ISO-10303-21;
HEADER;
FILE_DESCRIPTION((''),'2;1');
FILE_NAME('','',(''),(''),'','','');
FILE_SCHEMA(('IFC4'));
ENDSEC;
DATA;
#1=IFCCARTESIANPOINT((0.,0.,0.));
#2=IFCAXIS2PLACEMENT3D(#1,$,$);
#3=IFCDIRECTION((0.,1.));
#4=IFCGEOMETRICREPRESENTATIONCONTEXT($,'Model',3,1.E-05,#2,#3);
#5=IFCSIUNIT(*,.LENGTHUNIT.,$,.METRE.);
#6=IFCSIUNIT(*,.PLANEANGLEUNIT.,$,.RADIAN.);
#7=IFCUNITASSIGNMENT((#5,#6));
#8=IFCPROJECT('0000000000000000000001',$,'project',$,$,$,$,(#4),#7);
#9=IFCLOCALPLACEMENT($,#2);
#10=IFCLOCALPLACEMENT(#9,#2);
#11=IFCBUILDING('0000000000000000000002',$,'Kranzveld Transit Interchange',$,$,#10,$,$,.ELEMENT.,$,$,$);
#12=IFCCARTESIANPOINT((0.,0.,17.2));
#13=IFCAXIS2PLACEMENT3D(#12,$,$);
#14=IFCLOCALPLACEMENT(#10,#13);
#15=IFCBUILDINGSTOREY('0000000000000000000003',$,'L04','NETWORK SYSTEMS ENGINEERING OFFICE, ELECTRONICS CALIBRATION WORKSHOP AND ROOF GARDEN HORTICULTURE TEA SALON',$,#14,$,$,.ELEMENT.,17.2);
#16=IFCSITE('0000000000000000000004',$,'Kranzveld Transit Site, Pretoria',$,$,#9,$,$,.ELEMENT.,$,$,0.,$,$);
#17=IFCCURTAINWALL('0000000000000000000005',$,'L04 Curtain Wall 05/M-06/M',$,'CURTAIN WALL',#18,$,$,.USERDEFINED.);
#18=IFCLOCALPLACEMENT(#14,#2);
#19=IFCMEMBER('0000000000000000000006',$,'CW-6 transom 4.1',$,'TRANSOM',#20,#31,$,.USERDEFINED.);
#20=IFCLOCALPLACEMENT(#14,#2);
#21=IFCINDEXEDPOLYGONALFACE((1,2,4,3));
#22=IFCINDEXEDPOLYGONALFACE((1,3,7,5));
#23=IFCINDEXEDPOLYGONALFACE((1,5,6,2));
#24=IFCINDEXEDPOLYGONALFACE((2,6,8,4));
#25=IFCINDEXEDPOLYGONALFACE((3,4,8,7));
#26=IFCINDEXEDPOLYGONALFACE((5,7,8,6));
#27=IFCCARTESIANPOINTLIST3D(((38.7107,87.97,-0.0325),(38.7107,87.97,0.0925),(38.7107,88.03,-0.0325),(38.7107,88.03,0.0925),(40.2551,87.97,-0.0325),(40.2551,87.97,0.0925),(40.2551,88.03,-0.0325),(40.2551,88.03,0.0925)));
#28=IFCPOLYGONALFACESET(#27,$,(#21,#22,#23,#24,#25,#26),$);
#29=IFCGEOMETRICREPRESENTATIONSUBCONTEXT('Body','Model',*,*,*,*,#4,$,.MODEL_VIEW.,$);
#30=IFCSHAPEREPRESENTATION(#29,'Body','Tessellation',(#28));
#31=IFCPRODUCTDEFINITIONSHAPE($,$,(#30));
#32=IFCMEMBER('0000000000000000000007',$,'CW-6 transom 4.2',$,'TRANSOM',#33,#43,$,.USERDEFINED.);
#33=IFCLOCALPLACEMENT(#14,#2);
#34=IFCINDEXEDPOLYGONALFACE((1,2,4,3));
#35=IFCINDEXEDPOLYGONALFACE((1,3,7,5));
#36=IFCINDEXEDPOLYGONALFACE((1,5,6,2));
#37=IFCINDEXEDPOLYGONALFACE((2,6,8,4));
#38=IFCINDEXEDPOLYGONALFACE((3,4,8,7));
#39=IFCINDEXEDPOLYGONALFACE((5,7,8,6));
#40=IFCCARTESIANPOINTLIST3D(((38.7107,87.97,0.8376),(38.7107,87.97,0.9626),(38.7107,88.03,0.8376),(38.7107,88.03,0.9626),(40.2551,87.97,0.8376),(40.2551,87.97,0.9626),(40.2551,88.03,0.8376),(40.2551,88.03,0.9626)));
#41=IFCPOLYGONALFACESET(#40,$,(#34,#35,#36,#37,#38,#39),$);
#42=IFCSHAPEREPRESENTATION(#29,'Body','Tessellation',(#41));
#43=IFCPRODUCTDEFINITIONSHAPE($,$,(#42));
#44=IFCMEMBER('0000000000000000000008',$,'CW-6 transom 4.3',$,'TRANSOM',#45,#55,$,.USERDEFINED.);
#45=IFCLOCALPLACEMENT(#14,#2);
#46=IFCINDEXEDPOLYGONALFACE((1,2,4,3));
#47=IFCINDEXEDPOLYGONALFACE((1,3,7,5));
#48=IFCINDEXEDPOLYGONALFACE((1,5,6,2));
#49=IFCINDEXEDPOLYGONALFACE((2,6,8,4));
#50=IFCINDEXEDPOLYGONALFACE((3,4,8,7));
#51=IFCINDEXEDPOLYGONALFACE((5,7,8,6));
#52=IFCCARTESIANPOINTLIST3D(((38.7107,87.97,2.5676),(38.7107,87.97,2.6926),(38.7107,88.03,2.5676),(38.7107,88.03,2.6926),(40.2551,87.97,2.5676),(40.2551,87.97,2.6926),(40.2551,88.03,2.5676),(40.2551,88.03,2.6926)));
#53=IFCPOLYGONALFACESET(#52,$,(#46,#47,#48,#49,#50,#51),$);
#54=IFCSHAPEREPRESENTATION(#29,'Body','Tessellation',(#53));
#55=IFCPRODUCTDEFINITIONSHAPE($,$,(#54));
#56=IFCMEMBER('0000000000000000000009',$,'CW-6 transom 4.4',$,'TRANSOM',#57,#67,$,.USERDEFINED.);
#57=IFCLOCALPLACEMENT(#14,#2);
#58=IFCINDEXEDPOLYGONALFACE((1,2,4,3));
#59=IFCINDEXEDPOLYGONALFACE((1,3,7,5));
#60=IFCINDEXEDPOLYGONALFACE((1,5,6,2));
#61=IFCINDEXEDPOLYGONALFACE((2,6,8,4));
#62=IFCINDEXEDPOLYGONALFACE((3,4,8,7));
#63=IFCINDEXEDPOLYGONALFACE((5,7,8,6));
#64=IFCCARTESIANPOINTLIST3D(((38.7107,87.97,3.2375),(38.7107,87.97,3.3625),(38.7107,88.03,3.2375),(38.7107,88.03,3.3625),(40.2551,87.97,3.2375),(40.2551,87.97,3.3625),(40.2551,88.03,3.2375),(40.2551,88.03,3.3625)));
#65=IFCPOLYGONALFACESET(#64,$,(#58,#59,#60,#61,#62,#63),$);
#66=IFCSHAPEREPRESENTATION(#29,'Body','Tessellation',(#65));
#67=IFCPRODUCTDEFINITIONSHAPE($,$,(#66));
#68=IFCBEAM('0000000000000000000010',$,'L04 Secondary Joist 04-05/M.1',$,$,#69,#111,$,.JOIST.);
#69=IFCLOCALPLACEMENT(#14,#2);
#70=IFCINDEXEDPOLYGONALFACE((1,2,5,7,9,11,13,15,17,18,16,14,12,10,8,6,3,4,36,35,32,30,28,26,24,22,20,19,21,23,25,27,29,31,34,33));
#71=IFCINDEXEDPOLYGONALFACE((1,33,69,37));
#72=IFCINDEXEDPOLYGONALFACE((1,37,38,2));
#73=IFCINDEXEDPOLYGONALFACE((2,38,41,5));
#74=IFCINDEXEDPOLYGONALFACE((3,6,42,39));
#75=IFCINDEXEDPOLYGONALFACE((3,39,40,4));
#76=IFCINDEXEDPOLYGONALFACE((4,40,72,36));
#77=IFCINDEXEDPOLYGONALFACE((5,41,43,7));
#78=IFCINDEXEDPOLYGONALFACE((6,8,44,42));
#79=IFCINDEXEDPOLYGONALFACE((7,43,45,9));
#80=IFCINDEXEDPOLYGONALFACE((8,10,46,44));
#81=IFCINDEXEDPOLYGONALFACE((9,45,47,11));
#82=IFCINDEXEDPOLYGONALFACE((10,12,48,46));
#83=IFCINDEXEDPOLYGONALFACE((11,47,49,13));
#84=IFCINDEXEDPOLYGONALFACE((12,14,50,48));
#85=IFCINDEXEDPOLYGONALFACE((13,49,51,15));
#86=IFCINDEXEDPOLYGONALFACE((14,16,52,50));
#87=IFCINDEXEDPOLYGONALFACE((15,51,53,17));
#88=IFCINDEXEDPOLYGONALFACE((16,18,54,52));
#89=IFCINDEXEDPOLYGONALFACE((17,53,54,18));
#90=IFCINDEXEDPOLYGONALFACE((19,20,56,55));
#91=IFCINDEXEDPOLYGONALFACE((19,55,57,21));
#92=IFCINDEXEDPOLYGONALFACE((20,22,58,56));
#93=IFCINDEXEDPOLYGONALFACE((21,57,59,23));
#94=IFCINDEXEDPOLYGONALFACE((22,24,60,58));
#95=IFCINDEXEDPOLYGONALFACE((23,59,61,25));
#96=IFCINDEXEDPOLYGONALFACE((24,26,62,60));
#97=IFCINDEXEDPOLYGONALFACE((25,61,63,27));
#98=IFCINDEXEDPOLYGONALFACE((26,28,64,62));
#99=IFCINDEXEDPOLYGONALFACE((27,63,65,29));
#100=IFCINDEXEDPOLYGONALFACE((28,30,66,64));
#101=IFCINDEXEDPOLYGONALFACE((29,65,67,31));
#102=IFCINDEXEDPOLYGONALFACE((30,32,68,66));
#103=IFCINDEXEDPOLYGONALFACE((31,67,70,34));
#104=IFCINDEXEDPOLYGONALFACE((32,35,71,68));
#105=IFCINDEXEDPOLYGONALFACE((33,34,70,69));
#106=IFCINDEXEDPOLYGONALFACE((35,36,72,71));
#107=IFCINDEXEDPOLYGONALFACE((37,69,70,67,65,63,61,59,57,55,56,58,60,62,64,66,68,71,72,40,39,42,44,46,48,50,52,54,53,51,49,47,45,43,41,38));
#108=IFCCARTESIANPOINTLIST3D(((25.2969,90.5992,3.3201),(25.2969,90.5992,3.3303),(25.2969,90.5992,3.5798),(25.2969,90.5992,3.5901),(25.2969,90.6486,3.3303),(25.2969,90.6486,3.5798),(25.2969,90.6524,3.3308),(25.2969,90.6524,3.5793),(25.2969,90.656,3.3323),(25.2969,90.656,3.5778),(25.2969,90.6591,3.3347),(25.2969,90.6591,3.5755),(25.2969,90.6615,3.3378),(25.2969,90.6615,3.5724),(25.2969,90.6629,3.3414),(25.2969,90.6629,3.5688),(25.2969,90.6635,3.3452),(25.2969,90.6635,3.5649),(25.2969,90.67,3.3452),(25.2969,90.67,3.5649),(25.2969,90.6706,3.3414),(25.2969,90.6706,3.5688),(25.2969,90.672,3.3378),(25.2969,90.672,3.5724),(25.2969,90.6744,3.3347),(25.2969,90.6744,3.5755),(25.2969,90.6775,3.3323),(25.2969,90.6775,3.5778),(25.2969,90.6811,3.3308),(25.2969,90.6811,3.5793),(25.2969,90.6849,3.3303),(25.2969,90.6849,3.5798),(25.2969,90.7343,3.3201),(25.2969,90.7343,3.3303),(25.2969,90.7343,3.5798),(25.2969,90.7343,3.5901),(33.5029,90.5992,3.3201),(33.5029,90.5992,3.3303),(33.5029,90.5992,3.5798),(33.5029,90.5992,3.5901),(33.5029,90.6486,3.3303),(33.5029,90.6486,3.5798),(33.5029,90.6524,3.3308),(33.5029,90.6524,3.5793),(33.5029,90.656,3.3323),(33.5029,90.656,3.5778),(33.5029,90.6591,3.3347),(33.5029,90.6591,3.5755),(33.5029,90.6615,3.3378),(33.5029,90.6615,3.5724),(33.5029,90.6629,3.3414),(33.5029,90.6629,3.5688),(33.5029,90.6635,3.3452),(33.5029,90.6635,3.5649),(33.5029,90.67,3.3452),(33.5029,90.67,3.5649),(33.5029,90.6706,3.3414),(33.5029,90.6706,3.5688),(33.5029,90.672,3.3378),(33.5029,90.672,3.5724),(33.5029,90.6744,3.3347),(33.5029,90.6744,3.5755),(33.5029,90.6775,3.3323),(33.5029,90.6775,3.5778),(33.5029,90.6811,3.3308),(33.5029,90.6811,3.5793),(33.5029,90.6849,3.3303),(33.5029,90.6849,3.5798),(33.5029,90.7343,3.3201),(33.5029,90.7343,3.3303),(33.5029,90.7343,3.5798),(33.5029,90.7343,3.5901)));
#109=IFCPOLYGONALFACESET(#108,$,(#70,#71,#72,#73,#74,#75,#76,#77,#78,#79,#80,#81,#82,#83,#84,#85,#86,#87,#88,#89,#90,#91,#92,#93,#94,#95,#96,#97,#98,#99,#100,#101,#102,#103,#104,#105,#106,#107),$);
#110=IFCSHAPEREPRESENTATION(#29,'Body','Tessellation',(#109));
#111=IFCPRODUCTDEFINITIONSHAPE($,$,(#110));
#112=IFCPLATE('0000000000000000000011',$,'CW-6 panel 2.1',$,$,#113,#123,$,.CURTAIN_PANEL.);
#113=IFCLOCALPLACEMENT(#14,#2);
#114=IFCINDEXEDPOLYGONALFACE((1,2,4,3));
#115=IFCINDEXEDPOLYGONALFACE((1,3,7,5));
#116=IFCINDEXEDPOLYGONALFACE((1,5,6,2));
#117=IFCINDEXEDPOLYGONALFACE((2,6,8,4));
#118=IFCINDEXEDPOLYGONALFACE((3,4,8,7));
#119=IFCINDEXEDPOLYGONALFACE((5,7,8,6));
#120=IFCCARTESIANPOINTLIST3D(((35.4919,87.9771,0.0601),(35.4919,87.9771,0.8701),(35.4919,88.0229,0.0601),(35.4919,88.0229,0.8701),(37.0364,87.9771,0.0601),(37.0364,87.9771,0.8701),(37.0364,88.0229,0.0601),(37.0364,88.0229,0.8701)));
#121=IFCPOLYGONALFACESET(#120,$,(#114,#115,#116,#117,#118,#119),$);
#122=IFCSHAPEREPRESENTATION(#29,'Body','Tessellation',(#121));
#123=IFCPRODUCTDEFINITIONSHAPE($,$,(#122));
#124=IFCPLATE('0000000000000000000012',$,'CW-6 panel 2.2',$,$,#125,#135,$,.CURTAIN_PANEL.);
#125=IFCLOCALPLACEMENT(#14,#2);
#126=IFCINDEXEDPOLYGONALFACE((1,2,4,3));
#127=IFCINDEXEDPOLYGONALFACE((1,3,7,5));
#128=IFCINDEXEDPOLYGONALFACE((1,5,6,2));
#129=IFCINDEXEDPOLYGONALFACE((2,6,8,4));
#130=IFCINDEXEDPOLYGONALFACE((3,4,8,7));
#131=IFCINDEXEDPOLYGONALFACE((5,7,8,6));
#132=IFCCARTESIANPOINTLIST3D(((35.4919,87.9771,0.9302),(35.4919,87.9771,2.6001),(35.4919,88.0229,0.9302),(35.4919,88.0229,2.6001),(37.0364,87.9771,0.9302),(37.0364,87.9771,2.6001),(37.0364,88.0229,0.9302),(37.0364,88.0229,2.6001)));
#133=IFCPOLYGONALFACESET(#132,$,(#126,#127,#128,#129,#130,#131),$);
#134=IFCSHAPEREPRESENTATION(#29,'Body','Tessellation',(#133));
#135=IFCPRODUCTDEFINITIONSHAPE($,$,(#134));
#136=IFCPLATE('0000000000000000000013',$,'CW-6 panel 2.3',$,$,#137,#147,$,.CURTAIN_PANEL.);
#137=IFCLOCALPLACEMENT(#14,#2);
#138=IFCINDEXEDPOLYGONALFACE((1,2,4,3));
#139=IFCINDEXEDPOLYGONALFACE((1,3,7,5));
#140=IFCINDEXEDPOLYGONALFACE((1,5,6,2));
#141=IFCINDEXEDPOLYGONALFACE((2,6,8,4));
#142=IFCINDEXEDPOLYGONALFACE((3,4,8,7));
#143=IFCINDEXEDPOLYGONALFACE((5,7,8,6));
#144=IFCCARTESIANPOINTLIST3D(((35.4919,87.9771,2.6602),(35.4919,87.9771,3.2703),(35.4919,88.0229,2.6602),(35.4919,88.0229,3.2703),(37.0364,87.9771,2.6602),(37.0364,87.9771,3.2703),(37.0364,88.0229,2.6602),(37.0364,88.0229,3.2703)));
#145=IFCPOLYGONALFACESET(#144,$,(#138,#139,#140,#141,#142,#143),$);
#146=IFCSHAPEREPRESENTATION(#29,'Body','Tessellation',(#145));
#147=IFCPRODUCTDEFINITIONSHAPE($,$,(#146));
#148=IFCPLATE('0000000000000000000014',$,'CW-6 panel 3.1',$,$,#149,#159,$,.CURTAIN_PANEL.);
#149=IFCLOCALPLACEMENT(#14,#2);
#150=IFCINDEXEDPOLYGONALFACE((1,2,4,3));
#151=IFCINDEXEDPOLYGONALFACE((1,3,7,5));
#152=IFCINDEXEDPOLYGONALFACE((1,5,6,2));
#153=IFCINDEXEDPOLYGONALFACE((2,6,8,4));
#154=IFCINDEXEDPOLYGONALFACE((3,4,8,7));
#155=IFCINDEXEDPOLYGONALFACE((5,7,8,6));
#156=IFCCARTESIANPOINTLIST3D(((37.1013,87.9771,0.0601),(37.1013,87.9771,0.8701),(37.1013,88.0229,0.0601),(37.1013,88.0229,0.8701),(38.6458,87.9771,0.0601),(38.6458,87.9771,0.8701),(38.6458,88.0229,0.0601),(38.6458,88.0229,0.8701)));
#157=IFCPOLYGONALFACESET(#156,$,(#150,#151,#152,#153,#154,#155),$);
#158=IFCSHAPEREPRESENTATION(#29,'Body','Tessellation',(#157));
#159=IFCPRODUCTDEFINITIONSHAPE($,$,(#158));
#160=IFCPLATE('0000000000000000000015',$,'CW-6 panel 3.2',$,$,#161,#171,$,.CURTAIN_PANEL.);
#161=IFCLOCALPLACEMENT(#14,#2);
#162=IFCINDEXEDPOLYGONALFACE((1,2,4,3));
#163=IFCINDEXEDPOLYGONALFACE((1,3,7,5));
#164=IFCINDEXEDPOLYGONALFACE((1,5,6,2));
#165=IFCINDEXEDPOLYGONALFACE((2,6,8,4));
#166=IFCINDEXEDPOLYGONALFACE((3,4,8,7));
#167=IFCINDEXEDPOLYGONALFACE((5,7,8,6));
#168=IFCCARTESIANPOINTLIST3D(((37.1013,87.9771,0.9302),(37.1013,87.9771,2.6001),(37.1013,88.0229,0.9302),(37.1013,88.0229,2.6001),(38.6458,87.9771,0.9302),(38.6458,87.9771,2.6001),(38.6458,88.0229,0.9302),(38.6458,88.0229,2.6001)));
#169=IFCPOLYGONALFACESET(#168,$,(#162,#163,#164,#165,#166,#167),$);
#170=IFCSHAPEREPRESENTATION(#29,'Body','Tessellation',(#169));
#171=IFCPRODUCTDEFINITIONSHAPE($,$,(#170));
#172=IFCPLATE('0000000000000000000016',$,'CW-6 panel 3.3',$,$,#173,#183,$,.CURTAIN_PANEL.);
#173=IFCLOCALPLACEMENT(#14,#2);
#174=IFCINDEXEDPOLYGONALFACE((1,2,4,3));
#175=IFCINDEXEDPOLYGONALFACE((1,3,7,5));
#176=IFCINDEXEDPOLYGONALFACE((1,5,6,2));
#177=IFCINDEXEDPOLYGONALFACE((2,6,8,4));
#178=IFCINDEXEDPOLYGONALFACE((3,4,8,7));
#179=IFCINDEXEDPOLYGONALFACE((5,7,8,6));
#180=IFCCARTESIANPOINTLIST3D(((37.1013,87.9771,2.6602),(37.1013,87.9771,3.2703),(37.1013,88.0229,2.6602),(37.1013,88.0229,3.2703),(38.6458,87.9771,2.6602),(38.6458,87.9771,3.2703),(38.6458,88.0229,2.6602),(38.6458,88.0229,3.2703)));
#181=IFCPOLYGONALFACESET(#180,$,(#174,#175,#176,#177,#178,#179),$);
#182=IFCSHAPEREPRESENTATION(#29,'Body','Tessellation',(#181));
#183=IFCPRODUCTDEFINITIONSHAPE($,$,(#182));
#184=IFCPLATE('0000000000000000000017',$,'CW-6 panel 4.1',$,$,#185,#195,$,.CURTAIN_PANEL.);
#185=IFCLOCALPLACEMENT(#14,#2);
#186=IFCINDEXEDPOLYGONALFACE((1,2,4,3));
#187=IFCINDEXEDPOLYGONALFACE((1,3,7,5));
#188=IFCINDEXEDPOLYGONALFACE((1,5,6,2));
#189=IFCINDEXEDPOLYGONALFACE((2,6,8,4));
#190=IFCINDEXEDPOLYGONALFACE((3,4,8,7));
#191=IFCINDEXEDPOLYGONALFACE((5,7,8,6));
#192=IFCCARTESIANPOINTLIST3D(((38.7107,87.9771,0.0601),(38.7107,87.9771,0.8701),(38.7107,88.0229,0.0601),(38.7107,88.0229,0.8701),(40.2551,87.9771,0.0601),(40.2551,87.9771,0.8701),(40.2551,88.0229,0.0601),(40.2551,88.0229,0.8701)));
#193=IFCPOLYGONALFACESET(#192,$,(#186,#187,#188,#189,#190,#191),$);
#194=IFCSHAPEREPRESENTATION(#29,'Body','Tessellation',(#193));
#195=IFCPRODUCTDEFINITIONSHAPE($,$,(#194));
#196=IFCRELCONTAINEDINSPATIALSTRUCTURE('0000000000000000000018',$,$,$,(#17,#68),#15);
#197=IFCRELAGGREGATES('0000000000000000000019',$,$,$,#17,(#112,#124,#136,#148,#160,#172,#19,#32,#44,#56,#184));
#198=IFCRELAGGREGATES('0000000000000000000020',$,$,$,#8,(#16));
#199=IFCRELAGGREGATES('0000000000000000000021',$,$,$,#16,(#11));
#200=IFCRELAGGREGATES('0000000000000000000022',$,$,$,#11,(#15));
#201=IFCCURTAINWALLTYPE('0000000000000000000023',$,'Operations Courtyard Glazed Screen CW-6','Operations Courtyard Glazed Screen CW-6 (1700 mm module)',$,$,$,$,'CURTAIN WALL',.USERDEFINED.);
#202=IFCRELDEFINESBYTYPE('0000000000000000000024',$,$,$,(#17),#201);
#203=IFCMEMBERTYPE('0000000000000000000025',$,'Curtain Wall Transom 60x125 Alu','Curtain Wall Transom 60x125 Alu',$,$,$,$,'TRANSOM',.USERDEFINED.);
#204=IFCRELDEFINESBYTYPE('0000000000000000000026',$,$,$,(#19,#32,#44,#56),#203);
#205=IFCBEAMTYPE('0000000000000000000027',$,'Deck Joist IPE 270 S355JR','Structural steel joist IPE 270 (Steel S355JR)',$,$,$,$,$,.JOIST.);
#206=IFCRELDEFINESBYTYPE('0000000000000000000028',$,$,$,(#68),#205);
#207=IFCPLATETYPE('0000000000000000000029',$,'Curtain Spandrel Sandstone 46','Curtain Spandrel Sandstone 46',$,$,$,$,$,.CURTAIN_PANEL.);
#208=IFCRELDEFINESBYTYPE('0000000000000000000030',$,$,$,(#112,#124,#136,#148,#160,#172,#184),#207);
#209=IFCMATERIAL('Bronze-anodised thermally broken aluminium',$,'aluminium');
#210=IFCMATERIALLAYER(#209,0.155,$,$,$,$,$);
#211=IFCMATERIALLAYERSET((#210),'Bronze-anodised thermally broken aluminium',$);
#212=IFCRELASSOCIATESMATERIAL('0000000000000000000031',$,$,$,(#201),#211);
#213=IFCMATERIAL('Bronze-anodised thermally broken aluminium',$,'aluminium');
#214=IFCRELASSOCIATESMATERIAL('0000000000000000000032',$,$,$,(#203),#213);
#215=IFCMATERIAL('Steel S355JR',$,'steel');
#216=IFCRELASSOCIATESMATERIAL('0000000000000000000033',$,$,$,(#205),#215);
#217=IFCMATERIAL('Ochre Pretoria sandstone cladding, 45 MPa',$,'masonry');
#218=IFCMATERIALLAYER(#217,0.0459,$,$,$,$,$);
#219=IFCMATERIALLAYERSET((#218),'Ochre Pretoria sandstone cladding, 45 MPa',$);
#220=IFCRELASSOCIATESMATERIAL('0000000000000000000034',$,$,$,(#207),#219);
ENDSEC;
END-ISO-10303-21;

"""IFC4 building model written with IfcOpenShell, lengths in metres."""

from ifc_helpers import new_model, si_unit, direction, frame, origin, origin_2d, place, context, subcontext, project, spatial, rectangle, i_section, extrude, material, layer, layer_set, material_profile, profile_set, type_object, element, aggregate, save


model = new_model("IFC4")

# Units and contexts
model_context = context("Model", 3, precision=1e-05, world=origin(), true_north=direction((0.0, 1.0)))
body_context = subcontext(model_context, "Body", "Model", "MODEL_VIEW")
ifc_project = project(units=[si_unit("LENGTHUNIT", "METRE"), si_unit("PLANEANGLEUNIT", "RADIAN")], contexts=[model_context])

# Site, building, storey
site_placement = place(None, origin())
site = spatial("IfcSite", under=ifc_project, at=site_placement, Name="Kranzveld Transit Site, Pretoria", CompositionType="ELEMENT", RefElevation=0.0)
building_placement = place(site_placement, origin())
building = spatial("IfcBuilding", under=site, at=building_placement, Name="Kranzveld Transit Interchange", CompositionType="ELEMENT")
storey_placement = place(building_placement, frame((0.0, 0.0, 17.2)))
storey = spatial("IfcBuildingStorey", under=building, at=storey_placement, Name="L04", Description="NETWORK SYSTEMS ENGINEERING OFFICE, ELECTRONICS CALIBRATION WORKSHOP AND ROOF GARDEN HORTICULTURE TEA SALON", CompositionType="ELEMENT", Elevation=17.2)

# Curtain wall, members
ifc_material_1 = material(Name="Bronze-anodised thermally broken aluminium", Category="aluminium")
ifc_layer_1 = layer(ifc_material_1, 0.155)
ifc_layer_set_1 = layer_set([ifc_layer_1], Name="Bronze-anodised thermally broken aluminium")
curtain_wall_type = type_object("IfcCurtainWallType", Name="Operations Courtyard Glazed Screen CW-6", Description="Operations Courtyard Glazed Screen CW-6 (1700 mm module)", ElementType="CURTAIN WALL", PredefinedType="USERDEFINED", material=ifc_layer_set_1)
curtain_wall_placement = place(storey_placement, origin())
curtain_wall = element("IfcCurtainWall", 1, at=curtain_wall_placement, inside=storey, type_object=curtain_wall_type, Name="L04 Curtain Wall 05/M-06/M", ObjectType="CURTAIN WALL", PredefinedType="USERDEFINED")
ifc_material_2 = material(Name="Bronze-anodised thermally broken aluminium", Category="aluminium")
ifc_material_profile_1 = material_profile(ifc_material_2, rectangle(XDim=0.0601, YDim=0.125, at=origin_2d()), Name="ALU TRANSOM 60x125")
ifc_profile_set_1 = profile_set([ifc_material_profile_1], Name="Bronze-anodised thermally broken aluminium")
member_type_1 = type_object("IfcMemberType", Name="Curtain Wall Transom 60x125 Alu", Description="Curtain Wall Transom 60x125 Alu", ElementType="TRANSOM", PredefinedType="USERDEFINED", material=ifc_profile_set_1)
member_1_placement = place(storey_placement, frame((38.7107, 88.0, 0.03), z_axis=(1.0, 0.0, 0.0), x_axis=(0.0, 1.0, 0.0)))
member_1 = element("IfcMember", 2, at=member_1_placement, type_object=member_type_1, Name="CW-6 transom 4.1", ObjectType="TRANSOM", PredefinedType="USERDEFINED", context=body_context, shape_type="SweptSolid", body=[
    extrude(rectangle(XDim=0.0601, YDim=0.125, at=origin_2d()), origin(), (0.0, 0.0, 1.0), 1.5444),
])
member_2_placement = place(storey_placement, frame((38.7107, 88.0, 0.9001), z_axis=(1.0, 0.0, 0.0), x_axis=(0.0, 1.0, 0.0)))
member_2 = element("IfcMember", 3, at=member_2_placement, type_object=member_type_1, Name="CW-6 transom 4.2", ObjectType="TRANSOM", PredefinedType="USERDEFINED", context=body_context, shape_type="SweptSolid", body=[
    extrude(rectangle(XDim=0.0601, YDim=0.125, at=origin_2d()), origin(), (0.0, 0.0, 1.0), 1.5444),
])
member_3_placement = place(storey_placement, frame((38.7107, 88.0, 2.6301), z_axis=(1.0, 0.0, 0.0), x_axis=(0.0, 1.0, 0.0)))
member_3 = element("IfcMember", 4, at=member_3_placement, type_object=member_type_1, Name="CW-6 transom 4.3", ObjectType="TRANSOM", PredefinedType="USERDEFINED", context=body_context, shape_type="SweptSolid", body=[
    extrude(rectangle(XDim=0.0601, YDim=0.125, at=origin_2d()), origin(), (0.0, 0.0, 1.0), 1.5444),
])
member_4_placement = place(storey_placement, frame((38.7107, 88.0, 3.3), z_axis=(1.0, 0.0, 0.0), x_axis=(0.0, 1.0, 0.0)))
member_4 = element("IfcMember", 5, at=member_4_placement, type_object=member_type_1, Name="CW-6 transom 4.4", ObjectType="TRANSOM", PredefinedType="USERDEFINED", context=body_context, shape_type="SweptSolid", body=[
    extrude(rectangle(XDim=0.0601, YDim=0.125, at=origin_2d()), origin(), (0.0, 0.0, 1.0), 1.5444),
])

# Beam
ifc_material_3 = material(Name="Steel S355JR", Category="steel")
ifc_material_profile_2 = material_profile(ifc_material_3, i_section(OverallWidth=0.135, OverallDepth=0.27, WebThickness=0.0066, FlangeThickness=0.0103, FilletRadius=0.0149, at=origin_2d()), Name="IPE 270")
ifc_profile_set_2 = profile_set([ifc_material_profile_2], Name="Steel S355JR")
beam_type_1 = type_object("IfcBeamType", Name="Deck Joist IPE 270 S355JR", Description="Structural steel joist IPE 270 (Steel S355JR)", PredefinedType="JOIST", material=ifc_profile_set_2)
beam_1_placement = place(storey_placement, frame((25.2969, 90.6667, 3.4551), z_axis=(1.0, 0.0, 0.0), x_axis=(0.0, 1.0, 0.0)))
element("IfcBeam", 6, at=beam_1_placement, inside=storey, type_object=beam_type_1, Name="L04 Secondary Joist 04-05/M.1", PredefinedType="JOIST", context=body_context, shape_type="SweptSolid", body=[
    extrude(i_section(OverallWidth=0.135, OverallDepth=0.27, WebThickness=0.0066, FlangeThickness=0.0103, FilletRadius=0.0149, at=origin_2d()), origin(), (0.0, 0.0, 1.0), 8.2061),
])

# Plates
ifc_material_4 = material(Name="Ochre Pretoria sandstone cladding, 45 MPa", Category="masonry")
ifc_layer_2 = layer(ifc_material_4, 0.0459)
ifc_layer_set_2 = layer_set([ifc_layer_2], Name="Ochre Pretoria sandstone cladding, 45 MPa")
plate_type = type_object("IfcPlateType", Name="Curtain Spandrel Sandstone 46", Description="Curtain Spandrel Sandstone 46", PredefinedType="CURTAIN_PANEL", material=ifc_layer_set_2)
plate_1_placement = place(storey_placement, frame((36.2642, 88.0, 0.0601), z_axis=(0.0, 0.0, 1.0), x_axis=(1.0, 0.0, 0.0)))
plate_1 = element("IfcPlate", 7, at=plate_1_placement, type_object=plate_type, Name="CW-6 panel 2.1", PredefinedType="CURTAIN_PANEL", context=body_context, shape_type="SweptSolid", body=[
    extrude(rectangle(XDim=1.5444, YDim=0.0459, at=origin_2d()), origin(), (0.0, 0.0, 1.0), 0.8101),
])
plate_2_placement = place(storey_placement, frame((36.2642, 88.0, 0.9302), z_axis=(0.0, 0.0, 1.0), x_axis=(1.0, 0.0, 0.0)))
plate_2 = element("IfcPlate", 8, at=plate_2_placement, type_object=plate_type, Name="CW-6 panel 2.2", PredefinedType="CURTAIN_PANEL", context=body_context, shape_type="SweptSolid", body=[
    extrude(rectangle(XDim=1.5444, YDim=0.0459, at=origin_2d()), origin(), (0.0, 0.0, 1.0), 1.6699),
])
plate_3_placement = place(storey_placement, frame((36.2642, 88.0, 2.6602), z_axis=(0.0, 0.0, 1.0), x_axis=(1.0, 0.0, 0.0)))
plate_3 = element("IfcPlate", 9, at=plate_3_placement, type_object=plate_type, Name="CW-6 panel 2.3", PredefinedType="CURTAIN_PANEL", context=body_context, shape_type="SweptSolid", body=[
    extrude(rectangle(XDim=1.5444, YDim=0.0459, at=origin_2d()), origin(), (0.0, 0.0, 1.0), 0.6101),
])
plate_4_placement = place(storey_placement, frame((37.8735, 88.0, 0.0601), z_axis=(0.0, 0.0, 1.0), x_axis=(1.0, 0.0, 0.0)))
plate_4 = element("IfcPlate", 10, at=plate_4_placement, type_object=plate_type, Name="CW-6 panel 3.1", PredefinedType="CURTAIN_PANEL", context=body_context, shape_type="SweptSolid", body=[
    extrude(rectangle(XDim=1.5444, YDim=0.0459, at=origin_2d()), origin(), (0.0, 0.0, 1.0), 0.8101),
])
plate_5_placement = place(storey_placement, frame((37.8735, 88.0, 0.9302), z_axis=(0.0, 0.0, 1.0), x_axis=(1.0, 0.0, 0.0)))
plate_5 = element("IfcPlate", 11, at=plate_5_placement, type_object=plate_type, Name="CW-6 panel 3.2", PredefinedType="CURTAIN_PANEL", context=body_context, shape_type="SweptSolid", body=[
    extrude(rectangle(XDim=1.5444, YDim=0.0459, at=origin_2d()), origin(), (0.0, 0.0, 1.0), 1.6699),
])
plate_6_placement = place(storey_placement, frame((37.8735, 88.0, 2.6602), z_axis=(0.0, 0.0, 1.0), x_axis=(1.0, 0.0, 0.0)))
plate_6 = element("IfcPlate", 12, at=plate_6_placement, type_object=plate_type, Name="CW-6 panel 3.3", PredefinedType="CURTAIN_PANEL", context=body_context, shape_type="SweptSolid", body=[
    extrude(rectangle(XDim=1.5444, YDim=0.0459, at=origin_2d()), origin(), (0.0, 0.0, 1.0), 0.6101),
])
plate_7_placement = place(storey_placement, frame((39.4829, 88.0, 0.0601), z_axis=(0.0, 0.0, 1.0), x_axis=(1.0, 0.0, 0.0)))
plate_7 = element("IfcPlate", 13, at=plate_7_placement, type_object=plate_type, Name="CW-6 panel 4.1", PredefinedType="CURTAIN_PANEL", context=body_context, shape_type="SweptSolid", body=[
    extrude(rectangle(XDim=1.5444, YDim=0.0459, at=origin_2d()), origin(), (0.0, 0.0, 1.0), 0.8101),
])
aggregate(curtain_wall, [plate_1, plate_2, plate_3, plate_4, plate_5, plate_6, member_1, member_2, member_3, member_4, plate_7])

save(model, "model.ifc")
